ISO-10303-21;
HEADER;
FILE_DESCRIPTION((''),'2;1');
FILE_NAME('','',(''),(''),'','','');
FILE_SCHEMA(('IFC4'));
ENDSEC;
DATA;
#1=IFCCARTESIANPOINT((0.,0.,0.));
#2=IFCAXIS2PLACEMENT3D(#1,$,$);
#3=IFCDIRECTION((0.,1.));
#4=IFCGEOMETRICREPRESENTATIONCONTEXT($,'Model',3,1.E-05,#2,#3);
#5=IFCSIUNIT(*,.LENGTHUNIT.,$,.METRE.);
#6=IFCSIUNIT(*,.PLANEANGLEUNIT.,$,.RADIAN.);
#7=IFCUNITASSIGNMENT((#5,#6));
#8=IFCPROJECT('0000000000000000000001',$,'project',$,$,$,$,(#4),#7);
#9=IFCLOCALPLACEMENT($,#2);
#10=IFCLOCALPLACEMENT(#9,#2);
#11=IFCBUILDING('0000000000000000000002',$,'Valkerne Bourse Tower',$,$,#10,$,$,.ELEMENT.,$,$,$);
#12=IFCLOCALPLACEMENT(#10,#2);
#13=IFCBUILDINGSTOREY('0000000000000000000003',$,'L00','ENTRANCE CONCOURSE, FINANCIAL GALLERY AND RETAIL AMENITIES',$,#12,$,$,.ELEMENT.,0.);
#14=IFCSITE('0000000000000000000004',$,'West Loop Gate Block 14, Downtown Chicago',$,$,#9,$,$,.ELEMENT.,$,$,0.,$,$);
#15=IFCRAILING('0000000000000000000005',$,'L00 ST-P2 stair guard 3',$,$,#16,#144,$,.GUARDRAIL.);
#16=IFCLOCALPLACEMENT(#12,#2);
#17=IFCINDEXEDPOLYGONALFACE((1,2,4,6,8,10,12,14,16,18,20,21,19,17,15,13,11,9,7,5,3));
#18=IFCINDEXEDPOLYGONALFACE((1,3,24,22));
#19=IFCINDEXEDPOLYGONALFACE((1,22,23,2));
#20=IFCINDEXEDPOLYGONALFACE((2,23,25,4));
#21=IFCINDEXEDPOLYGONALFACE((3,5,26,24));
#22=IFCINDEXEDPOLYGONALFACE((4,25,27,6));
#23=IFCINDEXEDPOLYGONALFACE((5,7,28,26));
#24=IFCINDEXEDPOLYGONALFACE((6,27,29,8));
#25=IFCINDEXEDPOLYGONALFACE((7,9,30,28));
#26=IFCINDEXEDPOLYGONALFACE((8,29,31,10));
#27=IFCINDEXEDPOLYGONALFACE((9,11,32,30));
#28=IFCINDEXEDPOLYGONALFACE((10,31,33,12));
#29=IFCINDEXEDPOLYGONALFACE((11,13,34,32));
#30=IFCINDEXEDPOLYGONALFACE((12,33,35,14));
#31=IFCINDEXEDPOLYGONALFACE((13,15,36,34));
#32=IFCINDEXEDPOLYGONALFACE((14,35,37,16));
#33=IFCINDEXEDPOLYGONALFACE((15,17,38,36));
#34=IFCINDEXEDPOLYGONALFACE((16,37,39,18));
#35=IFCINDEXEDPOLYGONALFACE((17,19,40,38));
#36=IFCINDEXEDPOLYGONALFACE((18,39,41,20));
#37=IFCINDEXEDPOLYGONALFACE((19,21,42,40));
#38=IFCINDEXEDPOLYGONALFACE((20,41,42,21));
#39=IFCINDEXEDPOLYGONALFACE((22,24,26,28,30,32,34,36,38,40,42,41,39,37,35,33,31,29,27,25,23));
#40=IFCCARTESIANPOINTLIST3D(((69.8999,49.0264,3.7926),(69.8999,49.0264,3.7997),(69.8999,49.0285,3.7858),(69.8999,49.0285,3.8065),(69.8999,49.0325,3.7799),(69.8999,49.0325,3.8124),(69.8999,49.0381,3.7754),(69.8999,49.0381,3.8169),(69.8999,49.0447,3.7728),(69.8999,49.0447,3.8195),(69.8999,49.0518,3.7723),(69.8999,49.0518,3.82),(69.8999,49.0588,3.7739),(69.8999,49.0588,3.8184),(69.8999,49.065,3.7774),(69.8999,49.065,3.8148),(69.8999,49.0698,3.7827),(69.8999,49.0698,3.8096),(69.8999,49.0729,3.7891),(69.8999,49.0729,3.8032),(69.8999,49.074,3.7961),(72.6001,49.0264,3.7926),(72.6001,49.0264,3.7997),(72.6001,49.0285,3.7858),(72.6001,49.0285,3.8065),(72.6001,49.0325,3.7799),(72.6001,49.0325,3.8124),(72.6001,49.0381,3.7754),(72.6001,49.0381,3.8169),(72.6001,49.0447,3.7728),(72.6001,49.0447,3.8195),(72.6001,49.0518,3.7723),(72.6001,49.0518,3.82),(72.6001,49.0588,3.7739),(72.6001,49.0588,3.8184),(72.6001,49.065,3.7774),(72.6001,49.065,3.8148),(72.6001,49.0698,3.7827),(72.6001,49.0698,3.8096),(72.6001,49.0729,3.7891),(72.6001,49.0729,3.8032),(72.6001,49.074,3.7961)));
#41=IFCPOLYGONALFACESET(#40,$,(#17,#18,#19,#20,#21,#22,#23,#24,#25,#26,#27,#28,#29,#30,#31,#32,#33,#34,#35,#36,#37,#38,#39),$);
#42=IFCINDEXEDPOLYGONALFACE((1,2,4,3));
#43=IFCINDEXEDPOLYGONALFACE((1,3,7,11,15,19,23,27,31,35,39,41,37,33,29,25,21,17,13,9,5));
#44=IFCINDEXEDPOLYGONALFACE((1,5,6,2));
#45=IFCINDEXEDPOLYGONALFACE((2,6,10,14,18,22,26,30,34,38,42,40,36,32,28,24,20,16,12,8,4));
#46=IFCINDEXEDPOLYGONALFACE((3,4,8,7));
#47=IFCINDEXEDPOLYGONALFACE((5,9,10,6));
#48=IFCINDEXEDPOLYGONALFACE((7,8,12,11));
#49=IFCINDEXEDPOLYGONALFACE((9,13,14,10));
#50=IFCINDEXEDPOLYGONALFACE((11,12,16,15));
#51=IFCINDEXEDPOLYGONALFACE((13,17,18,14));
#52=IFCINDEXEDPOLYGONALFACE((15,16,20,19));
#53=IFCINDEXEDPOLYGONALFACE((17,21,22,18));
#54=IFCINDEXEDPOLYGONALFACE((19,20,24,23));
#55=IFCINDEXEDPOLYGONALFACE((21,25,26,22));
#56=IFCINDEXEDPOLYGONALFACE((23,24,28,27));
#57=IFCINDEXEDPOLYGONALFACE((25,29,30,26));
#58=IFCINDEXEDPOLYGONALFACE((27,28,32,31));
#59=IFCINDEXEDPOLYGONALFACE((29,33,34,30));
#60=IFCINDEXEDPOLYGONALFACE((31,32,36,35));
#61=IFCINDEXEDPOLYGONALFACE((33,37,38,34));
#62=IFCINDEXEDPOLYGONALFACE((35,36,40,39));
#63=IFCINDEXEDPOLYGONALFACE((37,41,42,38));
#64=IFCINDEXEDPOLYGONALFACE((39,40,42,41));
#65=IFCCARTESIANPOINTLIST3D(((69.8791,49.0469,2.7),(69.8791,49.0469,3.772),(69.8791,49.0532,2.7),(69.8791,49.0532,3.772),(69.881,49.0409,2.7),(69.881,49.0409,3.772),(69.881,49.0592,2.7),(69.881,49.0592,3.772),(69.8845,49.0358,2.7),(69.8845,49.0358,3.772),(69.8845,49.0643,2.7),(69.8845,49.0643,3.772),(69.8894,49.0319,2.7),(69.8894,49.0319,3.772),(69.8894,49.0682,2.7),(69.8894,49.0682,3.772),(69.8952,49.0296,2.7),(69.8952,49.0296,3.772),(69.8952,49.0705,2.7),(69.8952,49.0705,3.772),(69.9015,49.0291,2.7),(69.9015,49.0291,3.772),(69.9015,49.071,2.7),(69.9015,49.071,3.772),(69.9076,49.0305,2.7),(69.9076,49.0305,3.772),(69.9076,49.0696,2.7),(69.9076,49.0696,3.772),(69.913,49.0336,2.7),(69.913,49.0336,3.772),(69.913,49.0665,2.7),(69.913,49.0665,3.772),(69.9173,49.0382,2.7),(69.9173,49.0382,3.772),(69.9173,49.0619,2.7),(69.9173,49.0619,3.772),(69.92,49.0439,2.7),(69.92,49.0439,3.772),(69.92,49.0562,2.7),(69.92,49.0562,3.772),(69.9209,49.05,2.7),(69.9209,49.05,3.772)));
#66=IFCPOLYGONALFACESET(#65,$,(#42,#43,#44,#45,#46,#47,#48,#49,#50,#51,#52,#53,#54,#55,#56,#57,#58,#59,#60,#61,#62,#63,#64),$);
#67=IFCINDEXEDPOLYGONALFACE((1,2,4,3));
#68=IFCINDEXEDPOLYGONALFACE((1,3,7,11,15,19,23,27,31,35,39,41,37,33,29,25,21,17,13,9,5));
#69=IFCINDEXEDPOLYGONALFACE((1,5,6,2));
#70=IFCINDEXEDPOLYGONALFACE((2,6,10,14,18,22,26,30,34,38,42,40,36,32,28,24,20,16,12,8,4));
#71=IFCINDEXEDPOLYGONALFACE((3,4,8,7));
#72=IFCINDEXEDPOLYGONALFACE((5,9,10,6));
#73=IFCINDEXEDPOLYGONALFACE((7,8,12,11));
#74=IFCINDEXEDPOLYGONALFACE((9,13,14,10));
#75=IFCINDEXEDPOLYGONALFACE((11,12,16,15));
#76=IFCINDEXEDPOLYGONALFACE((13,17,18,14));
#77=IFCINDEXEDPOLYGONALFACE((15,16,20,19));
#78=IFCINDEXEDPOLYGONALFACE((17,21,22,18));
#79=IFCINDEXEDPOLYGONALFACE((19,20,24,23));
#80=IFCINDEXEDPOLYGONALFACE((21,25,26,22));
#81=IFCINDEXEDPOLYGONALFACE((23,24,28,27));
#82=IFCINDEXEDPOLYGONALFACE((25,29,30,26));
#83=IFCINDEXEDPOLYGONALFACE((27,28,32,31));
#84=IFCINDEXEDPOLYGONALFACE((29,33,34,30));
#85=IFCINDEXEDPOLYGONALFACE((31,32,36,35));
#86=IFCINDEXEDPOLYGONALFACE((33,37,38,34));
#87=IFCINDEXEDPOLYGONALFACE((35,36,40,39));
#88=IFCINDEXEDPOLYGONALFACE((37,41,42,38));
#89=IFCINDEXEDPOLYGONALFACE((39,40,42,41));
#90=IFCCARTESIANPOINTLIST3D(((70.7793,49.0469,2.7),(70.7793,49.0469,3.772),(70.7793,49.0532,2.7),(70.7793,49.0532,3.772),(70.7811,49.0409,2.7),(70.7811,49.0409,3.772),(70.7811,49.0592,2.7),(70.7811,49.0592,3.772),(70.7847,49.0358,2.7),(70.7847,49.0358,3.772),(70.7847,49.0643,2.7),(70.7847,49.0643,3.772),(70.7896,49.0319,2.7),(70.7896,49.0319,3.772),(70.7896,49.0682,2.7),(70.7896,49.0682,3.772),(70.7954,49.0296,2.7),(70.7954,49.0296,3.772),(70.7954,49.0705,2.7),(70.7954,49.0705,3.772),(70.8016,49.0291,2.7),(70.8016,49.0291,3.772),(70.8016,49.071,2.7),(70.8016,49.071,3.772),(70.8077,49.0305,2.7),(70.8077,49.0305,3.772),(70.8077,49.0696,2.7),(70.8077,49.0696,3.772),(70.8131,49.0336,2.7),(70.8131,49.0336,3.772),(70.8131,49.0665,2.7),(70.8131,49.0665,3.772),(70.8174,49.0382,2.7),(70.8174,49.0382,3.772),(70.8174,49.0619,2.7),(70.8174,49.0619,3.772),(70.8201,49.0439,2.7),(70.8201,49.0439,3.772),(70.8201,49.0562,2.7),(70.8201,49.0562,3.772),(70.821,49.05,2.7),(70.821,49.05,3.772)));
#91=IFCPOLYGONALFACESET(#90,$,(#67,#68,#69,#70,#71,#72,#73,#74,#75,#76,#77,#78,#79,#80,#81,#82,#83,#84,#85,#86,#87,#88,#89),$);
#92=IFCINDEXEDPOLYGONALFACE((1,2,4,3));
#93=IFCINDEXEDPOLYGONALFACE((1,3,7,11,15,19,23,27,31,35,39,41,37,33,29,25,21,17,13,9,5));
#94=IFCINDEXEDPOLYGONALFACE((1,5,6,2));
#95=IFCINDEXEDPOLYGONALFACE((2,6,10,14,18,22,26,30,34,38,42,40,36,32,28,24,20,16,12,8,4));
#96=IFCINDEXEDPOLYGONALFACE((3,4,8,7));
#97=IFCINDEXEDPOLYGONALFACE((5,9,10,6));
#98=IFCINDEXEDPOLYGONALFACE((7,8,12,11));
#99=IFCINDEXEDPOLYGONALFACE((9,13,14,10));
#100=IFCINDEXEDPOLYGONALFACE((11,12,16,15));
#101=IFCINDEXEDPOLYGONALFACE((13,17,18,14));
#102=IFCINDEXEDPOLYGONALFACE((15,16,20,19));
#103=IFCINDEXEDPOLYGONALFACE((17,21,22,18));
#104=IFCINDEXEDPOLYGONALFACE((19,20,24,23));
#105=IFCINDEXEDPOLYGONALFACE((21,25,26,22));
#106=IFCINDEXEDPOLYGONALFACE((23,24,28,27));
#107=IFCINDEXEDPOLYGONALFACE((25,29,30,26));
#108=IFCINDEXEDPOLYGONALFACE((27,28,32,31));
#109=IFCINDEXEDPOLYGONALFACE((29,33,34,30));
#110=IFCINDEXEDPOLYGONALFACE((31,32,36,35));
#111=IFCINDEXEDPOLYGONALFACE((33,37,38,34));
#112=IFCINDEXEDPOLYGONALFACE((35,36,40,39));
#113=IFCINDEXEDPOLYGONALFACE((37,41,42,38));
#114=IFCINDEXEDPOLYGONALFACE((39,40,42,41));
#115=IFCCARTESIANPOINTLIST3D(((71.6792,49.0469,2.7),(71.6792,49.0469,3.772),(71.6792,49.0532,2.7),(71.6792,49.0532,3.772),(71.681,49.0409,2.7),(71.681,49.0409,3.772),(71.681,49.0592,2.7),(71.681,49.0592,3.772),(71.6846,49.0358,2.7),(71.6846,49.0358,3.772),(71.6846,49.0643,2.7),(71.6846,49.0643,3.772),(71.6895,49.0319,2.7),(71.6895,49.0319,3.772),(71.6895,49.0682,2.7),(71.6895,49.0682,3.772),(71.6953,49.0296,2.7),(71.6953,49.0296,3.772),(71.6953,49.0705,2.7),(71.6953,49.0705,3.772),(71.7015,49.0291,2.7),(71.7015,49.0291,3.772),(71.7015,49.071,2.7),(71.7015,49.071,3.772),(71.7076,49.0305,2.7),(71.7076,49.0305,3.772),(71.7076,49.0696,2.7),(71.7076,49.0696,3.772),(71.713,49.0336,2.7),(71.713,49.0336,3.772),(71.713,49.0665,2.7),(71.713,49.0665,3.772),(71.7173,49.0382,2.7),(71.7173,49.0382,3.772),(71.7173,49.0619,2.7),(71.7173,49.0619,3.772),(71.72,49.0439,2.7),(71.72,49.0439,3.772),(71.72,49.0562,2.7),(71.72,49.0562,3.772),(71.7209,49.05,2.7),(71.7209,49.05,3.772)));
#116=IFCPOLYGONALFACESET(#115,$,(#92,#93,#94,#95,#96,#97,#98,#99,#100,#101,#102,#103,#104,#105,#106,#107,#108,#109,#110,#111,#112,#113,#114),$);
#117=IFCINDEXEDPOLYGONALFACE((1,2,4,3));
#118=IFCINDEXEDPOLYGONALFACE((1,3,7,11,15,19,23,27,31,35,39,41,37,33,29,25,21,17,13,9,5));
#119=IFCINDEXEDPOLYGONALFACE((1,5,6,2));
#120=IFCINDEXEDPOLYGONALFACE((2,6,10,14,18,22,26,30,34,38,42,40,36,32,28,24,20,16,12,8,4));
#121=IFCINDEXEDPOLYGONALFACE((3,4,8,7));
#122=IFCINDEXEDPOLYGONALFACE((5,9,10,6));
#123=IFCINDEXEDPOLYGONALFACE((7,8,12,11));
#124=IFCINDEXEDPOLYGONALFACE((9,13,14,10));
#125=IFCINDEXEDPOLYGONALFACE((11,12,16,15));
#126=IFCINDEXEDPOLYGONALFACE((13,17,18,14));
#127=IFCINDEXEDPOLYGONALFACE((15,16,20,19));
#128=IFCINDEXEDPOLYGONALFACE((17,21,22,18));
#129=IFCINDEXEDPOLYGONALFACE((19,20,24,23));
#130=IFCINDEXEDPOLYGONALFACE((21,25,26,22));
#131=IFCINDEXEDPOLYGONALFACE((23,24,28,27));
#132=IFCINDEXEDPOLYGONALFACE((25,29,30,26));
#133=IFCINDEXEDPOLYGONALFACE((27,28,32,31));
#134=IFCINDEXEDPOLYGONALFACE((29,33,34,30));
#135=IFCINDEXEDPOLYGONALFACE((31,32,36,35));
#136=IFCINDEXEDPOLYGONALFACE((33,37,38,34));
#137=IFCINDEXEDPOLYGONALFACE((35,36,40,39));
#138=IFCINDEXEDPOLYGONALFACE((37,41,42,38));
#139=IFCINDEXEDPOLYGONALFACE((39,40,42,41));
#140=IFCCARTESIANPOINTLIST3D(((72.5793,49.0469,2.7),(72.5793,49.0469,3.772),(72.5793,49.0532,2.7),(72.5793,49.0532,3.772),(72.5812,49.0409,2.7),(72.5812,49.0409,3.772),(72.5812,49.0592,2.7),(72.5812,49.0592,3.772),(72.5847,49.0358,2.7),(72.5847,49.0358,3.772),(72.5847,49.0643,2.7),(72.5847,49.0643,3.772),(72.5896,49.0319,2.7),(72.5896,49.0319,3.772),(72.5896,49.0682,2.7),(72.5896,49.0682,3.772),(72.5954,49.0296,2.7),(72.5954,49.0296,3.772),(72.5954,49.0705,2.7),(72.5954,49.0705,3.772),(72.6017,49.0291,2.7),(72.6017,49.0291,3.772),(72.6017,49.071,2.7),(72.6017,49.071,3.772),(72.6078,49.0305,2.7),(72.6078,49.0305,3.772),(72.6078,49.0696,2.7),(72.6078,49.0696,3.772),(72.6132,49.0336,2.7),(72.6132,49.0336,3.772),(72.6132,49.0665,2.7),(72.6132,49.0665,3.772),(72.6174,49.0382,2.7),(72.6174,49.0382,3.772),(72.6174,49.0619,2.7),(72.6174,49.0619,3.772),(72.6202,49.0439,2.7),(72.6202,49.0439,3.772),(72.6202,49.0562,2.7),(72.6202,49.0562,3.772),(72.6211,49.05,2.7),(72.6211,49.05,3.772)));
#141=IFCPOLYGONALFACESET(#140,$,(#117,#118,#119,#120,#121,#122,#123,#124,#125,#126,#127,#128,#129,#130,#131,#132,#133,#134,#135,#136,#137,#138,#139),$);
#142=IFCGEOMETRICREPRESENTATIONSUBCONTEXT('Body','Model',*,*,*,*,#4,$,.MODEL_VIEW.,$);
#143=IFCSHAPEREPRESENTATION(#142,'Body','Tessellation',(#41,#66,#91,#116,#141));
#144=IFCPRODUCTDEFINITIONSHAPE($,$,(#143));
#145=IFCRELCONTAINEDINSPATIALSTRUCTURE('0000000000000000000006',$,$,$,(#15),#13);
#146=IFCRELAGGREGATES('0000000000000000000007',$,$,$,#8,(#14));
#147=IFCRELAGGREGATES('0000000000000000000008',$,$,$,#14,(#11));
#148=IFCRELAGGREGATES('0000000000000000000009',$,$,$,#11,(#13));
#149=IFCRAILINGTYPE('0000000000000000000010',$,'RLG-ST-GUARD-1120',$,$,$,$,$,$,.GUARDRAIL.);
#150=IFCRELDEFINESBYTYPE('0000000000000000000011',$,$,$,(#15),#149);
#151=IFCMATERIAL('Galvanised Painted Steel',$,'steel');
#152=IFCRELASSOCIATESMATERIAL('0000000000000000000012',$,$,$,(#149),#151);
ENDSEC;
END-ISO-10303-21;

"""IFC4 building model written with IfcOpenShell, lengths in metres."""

from ifc_helpers import new_model, si_unit, direction, frame, origin, origin_2d, place, context, subcontext, project, spatial, circle, extrude, material, type_object, element, save


model = new_model("IFC4")

# Units and contexts
model_context = context("Model", 3, precision=1e-05, world=origin(), true_north=direction((0.0, 1.0)))
body_context = subcontext(model_context, "Body", "Model", "MODEL_VIEW")
ifc_project = project(units=[si_unit("LENGTHUNIT", "METRE"), si_unit("PLANEANGLEUNIT", "RADIAN")], contexts=[model_context])

# Site, building, storey
site_placement = place(None, origin())
site = spatial("IfcSite", under=ifc_project, at=site_placement, Name="West Loop Gate Block 14, Downtown Chicago", CompositionType="ELEMENT", RefElevation=0.0)
building_placement = place(site_placement, origin())
building = spatial("IfcBuilding", under=site, at=building_placement, Name="Valkerne Bourse Tower", CompositionType="ELEMENT")
storey_placement = place(building_placement, origin())
storey = spatial("IfcBuildingStorey", under=building, at=storey_placement, Name="L00", Description="ENTRANCE CONCOURSE, FINANCIAL GALLERY AND RETAIL AMENITIES", CompositionType="ELEMENT", Elevation=0.0)

# Shared definitions
ifc_material_1 = material(Name="Galvanised Painted Steel", Category="steel")

# Railing
railing_type_1 = type_object("IfcRailingType", Name="RLG-ST-GUARD-1120", PredefinedType="GUARDRAIL", material=ifc_material_1)
for number, where, name in (
    (1, (69.8999, 49.05, 2.7), "L00 ST-P2 stair guard 3"),
):
    element("IfcRailing", number, at=place(storey_placement, frame(where)), inside=storey, type_object=railing_type_1, Name=name, PredefinedType="GUARDRAIL", context=body_context, shape_type="SweptSolid", body=[
        extrude(circle(Radius=0.0239, at=origin_2d()), frame((0.0, 0.0, 1.0962), z_axis=(1.0, 0.0, 0.0), x_axis=(0.0, 1.0, 0.0)), (0.0, 0.0, 1.0), 2.7002),
        extrude(circle(Radius=0.021, at=origin_2d()), origin(), (0.0, 0.0, 1.0), 1.072),
        extrude(circle(Radius=0.021, at=origin_2d()), frame((0.9001, 0.0, 0.0)), (0.0, 0.0, 1.0), 1.072),
        extrude(circle(Radius=0.021, at=origin_2d()), frame((1.8, 0.0, 0.0)), (0.0, 0.0, 1.0), 1.072),
        extrude(circle(Radius=0.021, at=origin_2d()), frame((2.7002, 0.0, 0.0)), (0.0, 0.0, 1.0), 1.072),
    ])

save(model, "model.ifc")
